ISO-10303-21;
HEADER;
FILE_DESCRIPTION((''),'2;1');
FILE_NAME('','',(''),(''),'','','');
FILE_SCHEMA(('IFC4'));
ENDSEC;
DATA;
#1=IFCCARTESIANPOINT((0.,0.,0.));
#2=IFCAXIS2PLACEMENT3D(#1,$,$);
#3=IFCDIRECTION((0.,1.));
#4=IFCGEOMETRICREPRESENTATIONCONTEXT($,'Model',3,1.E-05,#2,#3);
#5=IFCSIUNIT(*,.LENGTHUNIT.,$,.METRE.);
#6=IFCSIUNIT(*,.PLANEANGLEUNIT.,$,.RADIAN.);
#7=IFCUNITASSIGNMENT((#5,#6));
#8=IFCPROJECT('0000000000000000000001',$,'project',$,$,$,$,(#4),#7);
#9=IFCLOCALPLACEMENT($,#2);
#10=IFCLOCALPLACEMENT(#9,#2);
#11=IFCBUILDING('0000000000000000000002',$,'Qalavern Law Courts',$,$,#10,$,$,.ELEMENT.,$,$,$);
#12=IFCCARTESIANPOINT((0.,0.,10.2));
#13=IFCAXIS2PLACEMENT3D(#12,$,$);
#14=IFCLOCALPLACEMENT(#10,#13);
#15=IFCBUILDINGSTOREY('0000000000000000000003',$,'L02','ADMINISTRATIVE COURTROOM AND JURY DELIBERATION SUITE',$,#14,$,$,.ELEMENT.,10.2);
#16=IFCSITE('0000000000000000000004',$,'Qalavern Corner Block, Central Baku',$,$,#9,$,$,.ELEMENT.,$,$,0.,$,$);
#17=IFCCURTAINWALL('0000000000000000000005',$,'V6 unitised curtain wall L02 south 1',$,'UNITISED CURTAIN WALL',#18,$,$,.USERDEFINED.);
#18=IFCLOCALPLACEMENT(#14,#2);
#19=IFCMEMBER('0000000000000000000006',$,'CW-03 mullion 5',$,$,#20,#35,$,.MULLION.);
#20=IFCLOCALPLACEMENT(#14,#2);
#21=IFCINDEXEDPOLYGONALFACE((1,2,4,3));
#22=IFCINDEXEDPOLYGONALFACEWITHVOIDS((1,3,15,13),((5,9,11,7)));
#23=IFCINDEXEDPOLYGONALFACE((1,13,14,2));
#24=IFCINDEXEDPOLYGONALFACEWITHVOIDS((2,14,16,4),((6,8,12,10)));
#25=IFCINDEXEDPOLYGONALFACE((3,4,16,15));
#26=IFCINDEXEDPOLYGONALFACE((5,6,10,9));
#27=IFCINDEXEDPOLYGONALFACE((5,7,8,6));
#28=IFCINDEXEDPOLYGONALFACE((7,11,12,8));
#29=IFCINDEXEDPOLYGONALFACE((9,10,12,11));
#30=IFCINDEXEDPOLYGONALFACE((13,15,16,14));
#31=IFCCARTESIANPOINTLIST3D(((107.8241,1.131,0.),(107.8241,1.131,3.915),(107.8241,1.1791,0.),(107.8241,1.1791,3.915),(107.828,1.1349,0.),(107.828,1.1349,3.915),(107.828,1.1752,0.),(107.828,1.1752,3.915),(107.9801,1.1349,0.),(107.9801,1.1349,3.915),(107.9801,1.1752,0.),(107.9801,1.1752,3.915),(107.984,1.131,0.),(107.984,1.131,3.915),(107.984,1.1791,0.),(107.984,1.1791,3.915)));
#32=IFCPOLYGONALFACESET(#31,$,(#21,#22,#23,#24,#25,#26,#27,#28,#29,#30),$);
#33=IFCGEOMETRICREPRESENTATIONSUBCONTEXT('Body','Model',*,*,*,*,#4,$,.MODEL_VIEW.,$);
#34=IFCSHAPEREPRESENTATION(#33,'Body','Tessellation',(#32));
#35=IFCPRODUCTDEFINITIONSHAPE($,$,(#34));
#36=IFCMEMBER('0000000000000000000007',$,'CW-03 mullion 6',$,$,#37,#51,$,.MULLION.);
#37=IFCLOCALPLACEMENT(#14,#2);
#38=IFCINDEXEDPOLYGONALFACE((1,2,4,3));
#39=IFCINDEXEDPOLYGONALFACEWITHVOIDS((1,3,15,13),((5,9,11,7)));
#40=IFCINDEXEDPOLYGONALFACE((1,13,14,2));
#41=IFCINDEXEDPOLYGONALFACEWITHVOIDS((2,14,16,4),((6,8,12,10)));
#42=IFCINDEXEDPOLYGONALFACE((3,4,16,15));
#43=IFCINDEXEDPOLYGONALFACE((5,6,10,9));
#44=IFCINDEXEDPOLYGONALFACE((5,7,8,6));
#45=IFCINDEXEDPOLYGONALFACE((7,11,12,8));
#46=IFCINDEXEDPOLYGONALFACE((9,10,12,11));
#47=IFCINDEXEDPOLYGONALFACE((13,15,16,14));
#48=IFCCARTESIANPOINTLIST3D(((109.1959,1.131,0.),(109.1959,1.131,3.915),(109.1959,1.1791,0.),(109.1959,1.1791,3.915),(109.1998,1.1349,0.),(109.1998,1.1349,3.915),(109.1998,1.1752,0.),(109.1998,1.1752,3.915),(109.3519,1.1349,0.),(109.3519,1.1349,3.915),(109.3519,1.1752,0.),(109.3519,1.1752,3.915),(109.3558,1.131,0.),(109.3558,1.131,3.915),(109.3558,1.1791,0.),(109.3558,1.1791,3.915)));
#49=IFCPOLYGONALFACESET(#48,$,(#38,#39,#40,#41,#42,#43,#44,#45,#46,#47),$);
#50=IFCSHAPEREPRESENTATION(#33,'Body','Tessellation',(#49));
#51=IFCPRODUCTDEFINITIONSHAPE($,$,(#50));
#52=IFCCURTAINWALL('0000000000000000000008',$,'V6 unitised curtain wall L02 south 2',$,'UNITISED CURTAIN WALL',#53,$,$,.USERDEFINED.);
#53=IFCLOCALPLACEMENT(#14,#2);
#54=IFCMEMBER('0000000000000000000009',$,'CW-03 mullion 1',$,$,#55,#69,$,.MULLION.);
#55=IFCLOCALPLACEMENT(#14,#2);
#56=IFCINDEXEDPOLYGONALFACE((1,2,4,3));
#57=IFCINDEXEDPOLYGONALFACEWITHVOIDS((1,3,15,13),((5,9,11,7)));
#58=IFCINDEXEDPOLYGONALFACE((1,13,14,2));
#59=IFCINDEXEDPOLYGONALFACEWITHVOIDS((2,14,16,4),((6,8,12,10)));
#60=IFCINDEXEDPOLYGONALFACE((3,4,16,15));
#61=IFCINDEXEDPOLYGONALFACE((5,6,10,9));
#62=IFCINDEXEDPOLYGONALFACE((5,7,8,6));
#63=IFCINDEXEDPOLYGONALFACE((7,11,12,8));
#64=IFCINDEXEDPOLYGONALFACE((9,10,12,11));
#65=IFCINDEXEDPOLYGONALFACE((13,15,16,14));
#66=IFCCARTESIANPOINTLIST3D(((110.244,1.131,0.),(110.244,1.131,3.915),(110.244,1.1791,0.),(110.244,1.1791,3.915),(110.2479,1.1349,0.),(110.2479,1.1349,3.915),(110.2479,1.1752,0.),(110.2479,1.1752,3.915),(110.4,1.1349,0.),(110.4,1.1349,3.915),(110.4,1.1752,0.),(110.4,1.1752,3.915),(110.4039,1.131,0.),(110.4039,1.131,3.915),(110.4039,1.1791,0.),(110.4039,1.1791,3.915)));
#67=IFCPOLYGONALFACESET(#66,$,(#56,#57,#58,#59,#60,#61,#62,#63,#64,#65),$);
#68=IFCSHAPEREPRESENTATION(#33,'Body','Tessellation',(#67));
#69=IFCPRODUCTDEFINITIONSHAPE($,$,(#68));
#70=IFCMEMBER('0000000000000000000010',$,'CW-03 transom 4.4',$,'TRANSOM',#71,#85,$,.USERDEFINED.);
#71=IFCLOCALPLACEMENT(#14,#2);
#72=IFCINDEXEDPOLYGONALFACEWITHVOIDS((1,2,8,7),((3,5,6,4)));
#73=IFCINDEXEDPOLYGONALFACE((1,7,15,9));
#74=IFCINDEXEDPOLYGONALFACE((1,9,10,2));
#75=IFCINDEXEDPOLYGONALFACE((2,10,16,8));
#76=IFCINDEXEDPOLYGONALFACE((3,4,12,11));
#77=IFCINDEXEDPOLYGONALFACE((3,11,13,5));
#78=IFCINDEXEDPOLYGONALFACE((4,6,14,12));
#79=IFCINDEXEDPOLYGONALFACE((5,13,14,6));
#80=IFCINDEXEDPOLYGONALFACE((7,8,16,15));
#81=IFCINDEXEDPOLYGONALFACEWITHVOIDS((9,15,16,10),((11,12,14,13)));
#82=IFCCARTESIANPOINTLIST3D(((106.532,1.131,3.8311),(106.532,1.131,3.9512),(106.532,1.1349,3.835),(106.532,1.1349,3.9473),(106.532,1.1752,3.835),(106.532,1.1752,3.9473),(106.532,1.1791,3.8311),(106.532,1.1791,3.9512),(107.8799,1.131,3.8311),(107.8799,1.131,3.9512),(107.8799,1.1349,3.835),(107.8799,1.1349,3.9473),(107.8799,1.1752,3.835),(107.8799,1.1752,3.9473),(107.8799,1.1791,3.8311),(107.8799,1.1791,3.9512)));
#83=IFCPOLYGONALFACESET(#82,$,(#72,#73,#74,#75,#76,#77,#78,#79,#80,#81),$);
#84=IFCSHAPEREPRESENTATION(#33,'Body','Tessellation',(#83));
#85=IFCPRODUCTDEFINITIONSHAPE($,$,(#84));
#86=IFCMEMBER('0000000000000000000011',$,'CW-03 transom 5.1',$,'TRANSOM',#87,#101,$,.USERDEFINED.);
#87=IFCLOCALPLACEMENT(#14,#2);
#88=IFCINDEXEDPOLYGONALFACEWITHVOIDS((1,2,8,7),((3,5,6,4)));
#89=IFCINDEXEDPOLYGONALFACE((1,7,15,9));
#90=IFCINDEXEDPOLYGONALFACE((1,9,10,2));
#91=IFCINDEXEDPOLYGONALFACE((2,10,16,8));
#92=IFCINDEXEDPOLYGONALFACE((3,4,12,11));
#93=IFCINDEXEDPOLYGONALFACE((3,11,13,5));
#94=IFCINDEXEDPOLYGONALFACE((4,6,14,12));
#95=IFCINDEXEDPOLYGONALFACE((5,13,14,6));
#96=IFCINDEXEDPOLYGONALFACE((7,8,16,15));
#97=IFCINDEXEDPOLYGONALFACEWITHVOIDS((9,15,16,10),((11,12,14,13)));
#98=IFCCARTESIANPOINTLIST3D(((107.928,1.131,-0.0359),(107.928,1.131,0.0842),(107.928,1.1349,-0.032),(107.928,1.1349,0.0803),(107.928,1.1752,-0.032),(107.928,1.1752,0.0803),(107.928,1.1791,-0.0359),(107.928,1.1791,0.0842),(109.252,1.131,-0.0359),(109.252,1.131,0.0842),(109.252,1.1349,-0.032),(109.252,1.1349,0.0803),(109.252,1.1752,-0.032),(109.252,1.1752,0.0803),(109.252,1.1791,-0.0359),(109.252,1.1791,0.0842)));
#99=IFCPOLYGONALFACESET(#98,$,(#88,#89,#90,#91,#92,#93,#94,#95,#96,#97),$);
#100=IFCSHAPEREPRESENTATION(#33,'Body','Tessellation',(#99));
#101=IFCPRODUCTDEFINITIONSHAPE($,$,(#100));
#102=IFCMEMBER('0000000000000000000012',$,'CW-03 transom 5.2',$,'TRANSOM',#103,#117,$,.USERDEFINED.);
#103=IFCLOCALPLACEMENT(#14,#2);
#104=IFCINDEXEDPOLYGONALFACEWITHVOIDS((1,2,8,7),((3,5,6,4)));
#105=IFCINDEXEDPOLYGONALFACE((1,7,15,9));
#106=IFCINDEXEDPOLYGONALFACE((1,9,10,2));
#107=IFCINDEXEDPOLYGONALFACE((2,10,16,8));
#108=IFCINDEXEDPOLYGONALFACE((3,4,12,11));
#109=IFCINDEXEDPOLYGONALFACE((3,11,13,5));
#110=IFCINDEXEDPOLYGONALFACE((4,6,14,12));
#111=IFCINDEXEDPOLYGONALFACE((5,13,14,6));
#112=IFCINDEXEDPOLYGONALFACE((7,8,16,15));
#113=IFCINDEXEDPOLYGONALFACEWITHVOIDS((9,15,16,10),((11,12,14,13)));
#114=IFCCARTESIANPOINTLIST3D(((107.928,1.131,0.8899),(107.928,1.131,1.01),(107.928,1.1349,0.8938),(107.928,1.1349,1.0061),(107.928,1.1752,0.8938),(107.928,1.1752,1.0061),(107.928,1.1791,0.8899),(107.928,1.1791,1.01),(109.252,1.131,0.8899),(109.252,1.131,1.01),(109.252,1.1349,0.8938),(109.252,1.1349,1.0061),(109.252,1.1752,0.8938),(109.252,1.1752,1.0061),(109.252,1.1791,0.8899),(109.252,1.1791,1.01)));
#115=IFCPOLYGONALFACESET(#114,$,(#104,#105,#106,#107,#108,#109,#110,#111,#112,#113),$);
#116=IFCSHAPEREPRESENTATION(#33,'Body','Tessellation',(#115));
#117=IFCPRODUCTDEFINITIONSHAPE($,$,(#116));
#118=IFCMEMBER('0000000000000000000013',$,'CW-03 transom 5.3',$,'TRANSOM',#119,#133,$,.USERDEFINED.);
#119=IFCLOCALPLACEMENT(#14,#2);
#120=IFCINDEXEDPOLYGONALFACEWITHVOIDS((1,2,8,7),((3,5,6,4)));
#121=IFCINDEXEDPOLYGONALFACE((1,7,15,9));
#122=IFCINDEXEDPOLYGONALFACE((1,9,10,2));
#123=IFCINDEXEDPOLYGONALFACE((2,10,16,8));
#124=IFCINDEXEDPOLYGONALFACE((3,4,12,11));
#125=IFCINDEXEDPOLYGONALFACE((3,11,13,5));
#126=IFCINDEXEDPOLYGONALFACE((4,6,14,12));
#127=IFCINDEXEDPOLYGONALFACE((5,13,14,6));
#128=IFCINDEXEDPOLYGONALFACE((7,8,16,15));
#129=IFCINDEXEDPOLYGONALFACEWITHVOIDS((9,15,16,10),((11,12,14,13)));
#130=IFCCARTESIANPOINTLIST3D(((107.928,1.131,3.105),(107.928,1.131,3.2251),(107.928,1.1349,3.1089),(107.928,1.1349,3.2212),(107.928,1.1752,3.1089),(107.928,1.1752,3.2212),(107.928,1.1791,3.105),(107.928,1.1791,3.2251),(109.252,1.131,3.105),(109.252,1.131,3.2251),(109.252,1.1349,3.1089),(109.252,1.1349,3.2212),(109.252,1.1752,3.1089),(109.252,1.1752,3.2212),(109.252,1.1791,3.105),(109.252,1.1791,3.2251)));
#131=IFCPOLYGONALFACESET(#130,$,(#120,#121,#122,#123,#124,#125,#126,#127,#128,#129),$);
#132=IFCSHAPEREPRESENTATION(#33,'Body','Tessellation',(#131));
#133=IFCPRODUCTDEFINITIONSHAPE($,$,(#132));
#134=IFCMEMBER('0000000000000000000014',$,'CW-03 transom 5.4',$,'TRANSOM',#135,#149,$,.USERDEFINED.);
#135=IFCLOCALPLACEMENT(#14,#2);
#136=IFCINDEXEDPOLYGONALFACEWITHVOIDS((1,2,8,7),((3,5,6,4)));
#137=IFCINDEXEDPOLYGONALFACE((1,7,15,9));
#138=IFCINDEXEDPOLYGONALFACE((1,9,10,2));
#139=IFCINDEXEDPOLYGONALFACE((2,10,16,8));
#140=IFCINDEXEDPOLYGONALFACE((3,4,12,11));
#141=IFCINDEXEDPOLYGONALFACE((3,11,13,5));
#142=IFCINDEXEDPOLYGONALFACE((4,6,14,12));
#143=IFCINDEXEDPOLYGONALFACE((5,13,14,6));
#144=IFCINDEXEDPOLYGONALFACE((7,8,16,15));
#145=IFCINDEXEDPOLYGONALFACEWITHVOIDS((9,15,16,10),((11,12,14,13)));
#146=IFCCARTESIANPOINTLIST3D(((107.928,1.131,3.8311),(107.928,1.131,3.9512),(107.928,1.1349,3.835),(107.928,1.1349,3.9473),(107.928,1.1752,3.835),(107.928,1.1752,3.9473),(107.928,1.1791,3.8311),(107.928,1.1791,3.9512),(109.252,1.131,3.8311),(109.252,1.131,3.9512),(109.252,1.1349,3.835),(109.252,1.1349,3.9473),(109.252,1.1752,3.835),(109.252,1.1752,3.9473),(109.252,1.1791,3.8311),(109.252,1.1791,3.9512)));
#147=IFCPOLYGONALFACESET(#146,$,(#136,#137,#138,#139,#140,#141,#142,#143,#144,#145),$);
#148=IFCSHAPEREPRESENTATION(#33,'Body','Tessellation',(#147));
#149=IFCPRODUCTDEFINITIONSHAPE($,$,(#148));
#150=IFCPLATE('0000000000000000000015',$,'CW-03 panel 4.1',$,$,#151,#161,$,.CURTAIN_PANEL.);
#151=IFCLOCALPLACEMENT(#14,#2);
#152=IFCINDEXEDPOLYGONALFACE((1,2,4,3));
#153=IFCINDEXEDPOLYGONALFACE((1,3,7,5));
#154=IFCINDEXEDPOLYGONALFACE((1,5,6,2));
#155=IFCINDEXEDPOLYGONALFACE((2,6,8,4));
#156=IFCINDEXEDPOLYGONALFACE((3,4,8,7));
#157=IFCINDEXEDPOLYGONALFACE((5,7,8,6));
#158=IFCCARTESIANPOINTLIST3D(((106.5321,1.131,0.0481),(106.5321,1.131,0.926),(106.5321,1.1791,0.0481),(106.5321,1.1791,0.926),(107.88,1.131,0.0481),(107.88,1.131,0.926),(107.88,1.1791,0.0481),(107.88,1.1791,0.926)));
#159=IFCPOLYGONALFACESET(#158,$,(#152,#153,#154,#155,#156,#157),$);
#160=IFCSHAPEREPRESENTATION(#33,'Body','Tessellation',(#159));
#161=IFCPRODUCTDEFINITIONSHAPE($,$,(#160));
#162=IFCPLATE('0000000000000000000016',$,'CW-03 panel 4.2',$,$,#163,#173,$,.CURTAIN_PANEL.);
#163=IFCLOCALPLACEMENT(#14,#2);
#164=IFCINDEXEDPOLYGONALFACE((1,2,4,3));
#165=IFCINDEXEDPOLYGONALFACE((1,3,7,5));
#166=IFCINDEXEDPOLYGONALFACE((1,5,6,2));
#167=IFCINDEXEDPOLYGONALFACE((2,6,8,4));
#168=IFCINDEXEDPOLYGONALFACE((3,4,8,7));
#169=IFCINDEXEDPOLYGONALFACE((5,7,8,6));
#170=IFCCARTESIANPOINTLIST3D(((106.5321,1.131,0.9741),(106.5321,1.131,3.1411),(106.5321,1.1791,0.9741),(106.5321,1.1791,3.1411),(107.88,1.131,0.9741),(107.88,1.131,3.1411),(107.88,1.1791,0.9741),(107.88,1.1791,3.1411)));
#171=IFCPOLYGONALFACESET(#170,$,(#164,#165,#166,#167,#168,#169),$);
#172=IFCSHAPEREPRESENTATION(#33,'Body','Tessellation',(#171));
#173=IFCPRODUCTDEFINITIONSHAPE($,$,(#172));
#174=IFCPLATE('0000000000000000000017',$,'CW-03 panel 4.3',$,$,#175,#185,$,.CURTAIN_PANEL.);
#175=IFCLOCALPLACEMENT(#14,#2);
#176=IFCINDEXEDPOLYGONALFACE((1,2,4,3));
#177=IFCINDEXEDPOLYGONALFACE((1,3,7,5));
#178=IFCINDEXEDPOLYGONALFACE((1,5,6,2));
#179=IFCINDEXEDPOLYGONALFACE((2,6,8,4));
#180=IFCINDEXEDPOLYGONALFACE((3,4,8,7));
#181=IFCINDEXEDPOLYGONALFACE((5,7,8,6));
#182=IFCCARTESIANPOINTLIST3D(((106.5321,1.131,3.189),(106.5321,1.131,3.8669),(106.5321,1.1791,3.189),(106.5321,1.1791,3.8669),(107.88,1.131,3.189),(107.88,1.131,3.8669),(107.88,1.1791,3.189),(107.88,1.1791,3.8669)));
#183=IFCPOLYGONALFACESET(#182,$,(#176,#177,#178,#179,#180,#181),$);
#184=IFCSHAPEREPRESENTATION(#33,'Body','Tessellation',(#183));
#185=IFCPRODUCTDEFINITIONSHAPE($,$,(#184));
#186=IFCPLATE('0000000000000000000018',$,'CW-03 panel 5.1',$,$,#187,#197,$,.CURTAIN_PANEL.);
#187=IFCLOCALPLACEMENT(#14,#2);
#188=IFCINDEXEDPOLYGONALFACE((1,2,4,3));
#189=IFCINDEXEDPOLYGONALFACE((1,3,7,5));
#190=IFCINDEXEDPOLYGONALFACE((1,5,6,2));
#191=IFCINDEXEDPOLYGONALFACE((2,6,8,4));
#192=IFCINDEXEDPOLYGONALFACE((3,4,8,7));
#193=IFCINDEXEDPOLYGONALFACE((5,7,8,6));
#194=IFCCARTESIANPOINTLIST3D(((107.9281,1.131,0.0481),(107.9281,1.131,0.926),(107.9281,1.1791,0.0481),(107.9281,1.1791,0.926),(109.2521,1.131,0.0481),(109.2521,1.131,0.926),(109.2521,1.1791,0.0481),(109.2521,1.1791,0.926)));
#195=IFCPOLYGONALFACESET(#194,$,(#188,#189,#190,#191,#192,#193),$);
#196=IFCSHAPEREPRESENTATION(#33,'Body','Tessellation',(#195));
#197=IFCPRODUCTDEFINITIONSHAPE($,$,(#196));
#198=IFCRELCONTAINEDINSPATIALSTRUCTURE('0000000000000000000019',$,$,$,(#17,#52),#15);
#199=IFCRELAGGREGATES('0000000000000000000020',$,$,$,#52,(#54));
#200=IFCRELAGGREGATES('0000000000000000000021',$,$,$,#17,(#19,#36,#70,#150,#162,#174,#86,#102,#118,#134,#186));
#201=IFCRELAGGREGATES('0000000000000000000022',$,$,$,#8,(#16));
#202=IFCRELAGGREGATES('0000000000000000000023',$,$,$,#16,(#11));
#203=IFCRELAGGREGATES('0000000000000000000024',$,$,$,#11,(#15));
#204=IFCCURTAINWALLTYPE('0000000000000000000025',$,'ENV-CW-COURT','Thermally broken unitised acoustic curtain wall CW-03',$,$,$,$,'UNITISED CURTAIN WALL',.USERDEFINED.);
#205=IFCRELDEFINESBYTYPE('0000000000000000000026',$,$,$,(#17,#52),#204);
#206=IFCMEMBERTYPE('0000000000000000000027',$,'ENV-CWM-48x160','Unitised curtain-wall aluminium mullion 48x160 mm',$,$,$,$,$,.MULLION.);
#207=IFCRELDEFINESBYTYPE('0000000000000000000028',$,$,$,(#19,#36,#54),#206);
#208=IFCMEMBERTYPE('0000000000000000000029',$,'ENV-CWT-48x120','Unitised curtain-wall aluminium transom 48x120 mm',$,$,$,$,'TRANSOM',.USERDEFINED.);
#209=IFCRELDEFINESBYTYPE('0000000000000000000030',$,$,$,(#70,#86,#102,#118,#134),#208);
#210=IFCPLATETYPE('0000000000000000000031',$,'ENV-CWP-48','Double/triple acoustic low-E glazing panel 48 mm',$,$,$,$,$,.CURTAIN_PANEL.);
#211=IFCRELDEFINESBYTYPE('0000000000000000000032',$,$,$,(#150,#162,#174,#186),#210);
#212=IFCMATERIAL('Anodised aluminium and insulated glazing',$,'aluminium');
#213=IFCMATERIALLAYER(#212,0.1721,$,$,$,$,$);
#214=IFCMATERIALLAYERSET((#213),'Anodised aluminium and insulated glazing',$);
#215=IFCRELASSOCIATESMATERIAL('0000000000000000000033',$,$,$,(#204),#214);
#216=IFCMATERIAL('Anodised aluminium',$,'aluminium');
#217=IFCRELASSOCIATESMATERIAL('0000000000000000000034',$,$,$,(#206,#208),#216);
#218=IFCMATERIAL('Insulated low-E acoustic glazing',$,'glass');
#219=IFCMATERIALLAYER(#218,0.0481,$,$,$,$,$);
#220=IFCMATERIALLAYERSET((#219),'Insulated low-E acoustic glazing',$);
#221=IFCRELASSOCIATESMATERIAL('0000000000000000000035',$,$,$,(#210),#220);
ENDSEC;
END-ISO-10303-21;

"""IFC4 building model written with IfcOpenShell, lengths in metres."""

from ifc_helpers import new_model, si_unit, direction, frame, origin, origin_2d, place, context, subcontext, project, spatial, rectangle, hollow_rectangle, extrude, material, layer, layer_set, material_profile, profile_set, type_object, element, aggregate, save


model = new_model("IFC4")

# Units and contexts
model_context = context("Model", 3, precision=1e-05, world=origin(), true_north=direction((0.0, 1.0)))
body_context = subcontext(model_context, "Body", "Model", "MODEL_VIEW")
ifc_project = project(units=[si_unit("LENGTHUNIT", "METRE"), si_unit("PLANEANGLEUNIT", "RADIAN")], contexts=[model_context])

# Site, building, storey
site_placement = place(None, origin())
site = spatial("IfcSite", under=ifc_project, at=site_placement, Name="Qalavern Corner Block, Central Baku", CompositionType="ELEMENT", RefElevation=0.0)
building_placement = place(site_placement, origin())
building = spatial("IfcBuilding", under=site, at=building_placement, Name="Qalavern Law Courts", CompositionType="ELEMENT")
storey_placement = place(building_placement, frame((0.0, 0.0, 10.2)))
storey = spatial("IfcBuildingStorey", under=building, at=storey_placement, Name="L02", Description="ADMINISTRATIVE COURTROOM AND JURY DELIBERATION SUITE", CompositionType="ELEMENT", Elevation=10.2)

# Curtain wall, members
ifc_material_1 = material(Name="Anodised aluminium and insulated glazing", Category="aluminium")
ifc_layer_1 = layer(ifc_material_1, 0.1721)
ifc_layer_set_1 = layer_set([ifc_layer_1], Name="Anodised aluminium and insulated glazing")
curtain_wall_type = type_object("IfcCurtainWallType", Name="ENV-CW-COURT", Description="Thermally broken unitised acoustic curtain wall CW-03", ElementType="UNITISED CURTAIN WALL", PredefinedType="USERDEFINED", material=ifc_layer_set_1)
curtain_wall_1_placement = place(storey_placement, origin())
curtain_wall_1 = element("IfcCurtainWall", 1, at=curtain_wall_1_placement, inside=storey, type_object=curtain_wall_type, Name="V6 unitised curtain wall L02 south 1", ObjectType="UNITISED CURTAIN WALL", PredefinedType="USERDEFINED")
ifc_material_2 = material(Name="Anodised aluminium", Category="aluminium")
ifc_material_profile_1 = material_profile(ifc_material_2, hollow_rectangle(XDim=0.0481, YDim=0.1599, WallThickness=0.0039, at=origin_2d()), Name="ALU MULLION 48x160")
ifc_profile_set_1 = profile_set([ifc_material_profile_1], Name="Anodised aluminium")
member_type_1 = type_object("IfcMemberType", Name="ENV-CWM-48x160", Description="Unitised curtain-wall aluminium mullion 48x160 mm", PredefinedType="MULLION", material=ifc_profile_set_1)
member_1_placement = place(storey_placement, frame((107.9041, 1.155, 0.0), z_axis=(0.0, 0.0, 1.0), x_axis=(0.0, 1.0, 0.0)))
member_1 = element("IfcMember", 2, at=member_1_placement, type_object=member_type_1, Name="CW-03 mullion 5", PredefinedType="MULLION", context=body_context, shape_type="SweptSolid", body=[
    extrude(hollow_rectangle(XDim=0.0481, YDim=0.1599, WallThickness=0.0039, at=origin_2d()), origin(), (0.0, 0.0, 1.0), 3.915),
])
member_2_placement = place(storey_placement, frame((109.2759, 1.155, 0.0), z_axis=(0.0, 0.0, 1.0), x_axis=(0.0, 1.0, 0.0)))
member_2 = element("IfcMember", 3, at=member_2_placement, type_object=member_type_1, Name="CW-03 mullion 6", PredefinedType="MULLION", context=body_context, shape_type="SweptSolid", body=[
    extrude(hollow_rectangle(XDim=0.0481, YDim=0.1599, WallThickness=0.0039, at=origin_2d()), origin(), (0.0, 0.0, 1.0), 3.915),
])

# Curtain wall, member
curtain_wall_2_placement = place(storey_placement, origin())
curtain_wall_2 = element("IfcCurtainWall", 4, at=curtain_wall_2_placement, inside=storey, type_object=curtain_wall_type, Name="V6 unitised curtain wall L02 south 2", ObjectType="UNITISED CURTAIN WALL", PredefinedType="USERDEFINED")
member_3_placement = place(storey_placement, frame((110.324, 1.155, 0.0), z_axis=(0.0, 0.0, 1.0), x_axis=(0.0, 1.0, 0.0)))
member_3 = element("IfcMember", 5, at=member_3_placement, type_object=member_type_1, Name="CW-03 mullion 1", PredefinedType="MULLION", context=body_context, shape_type="SweptSolid", body=[
    extrude(hollow_rectangle(XDim=0.0481, YDim=0.1599, WallThickness=0.0039, at=origin_2d()), origin(), (0.0, 0.0, 1.0), 3.915),
])
aggregate(curtain_wall_2, [member_3])

# Members
ifc_material_profile_2 = material_profile(ifc_material_2, hollow_rectangle(XDim=0.0481, YDim=0.1201, WallThickness=0.0039, at=origin_2d()), Name="ALU TRANSOM 48x120")
ifc_profile_set_2 = profile_set([ifc_material_profile_2], Name="Anodised aluminium")
member_type_2 = type_object("IfcMemberType", Name="ENV-CWT-48x120", Description="Unitised curtain-wall aluminium transom 48x120 mm", ElementType="TRANSOM", PredefinedType="USERDEFINED", material=ifc_profile_set_2)
member_4_placement = place(storey_placement, frame((106.532, 1.155, 3.8911), z_axis=(1.0, 0.0, 0.0), x_axis=(0.0, 1.0, 0.0)))
member_4 = element("IfcMember", 6, at=member_4_placement, type_object=member_type_2, Name="CW-03 transom 4.4", ObjectType="TRANSOM", PredefinedType="USERDEFINED", context=body_context, shape_type="SweptSolid", body=[
    extrude(hollow_rectangle(XDim=0.0481, YDim=0.1201, WallThickness=0.0039, at=origin_2d()), origin(), (0.0, 0.0, 1.0), 1.3479),
])
member_5_placement = place(storey_placement, frame((107.928, 1.155, 0.0242), z_axis=(1.0, 0.0, 0.0), x_axis=(0.0, 1.0, 0.0)))
member_5 = element("IfcMember", 7, at=member_5_placement, type_object=member_type_2, Name="CW-03 transom 5.1", ObjectType="TRANSOM", PredefinedType="USERDEFINED", context=body_context, shape_type="SweptSolid", body=[
    extrude(hollow_rectangle(XDim=0.0481, YDim=0.1201, WallThickness=0.0039, at=origin_2d()), origin(), (0.0, 0.0, 1.0), 1.324),
])
member_6_placement = place(storey_placement, frame((107.928, 1.155, 0.95), z_axis=(1.0, 0.0, 0.0), x_axis=(0.0, 1.0, 0.0)))
member_6 = element("IfcMember", 8, at=member_6_placement, type_object=member_type_2, Name="CW-03 transom 5.2", ObjectType="TRANSOM", PredefinedType="USERDEFINED", context=body_context, shape_type="SweptSolid", body=[
    extrude(hollow_rectangle(XDim=0.0481, YDim=0.1201, WallThickness=0.0039, at=origin_2d()), origin(), (0.0, 0.0, 1.0), 1.324),
])
member_7_placement = place(storey_placement, frame((107.928, 1.155, 3.165), z_axis=(1.0, 0.0, 0.0), x_axis=(0.0, 1.0, 0.0)))
member_7 = element("IfcMember", 9, at=member_7_placement, type_object=member_type_2, Name="CW-03 transom 5.3", ObjectType="TRANSOM", PredefinedType="USERDEFINED", context=body_context, shape_type="SweptSolid", body=[
    extrude(hollow_rectangle(XDim=0.0481, YDim=0.1201, WallThickness=0.0039, at=origin_2d()), origin(), (0.0, 0.0, 1.0), 1.324),
])
member_8_placement = place(storey_placement, frame((107.928, 1.155, 3.8911), z_axis=(1.0, 0.0, 0.0), x_axis=(0.0, 1.0, 0.0)))
member_8 = element("IfcMember", 10, at=member_8_placement, type_object=member_type_2, Name="CW-03 transom 5.4", ObjectType="TRANSOM", PredefinedType="USERDEFINED", context=body_context, shape_type="SweptSolid", body=[
    extrude(hollow_rectangle(XDim=0.0481, YDim=0.1201, WallThickness=0.0039, at=origin_2d()), origin(), (0.0, 0.0, 1.0), 1.324),
])

# Plates
ifc_material_3 = material(Name="Insulated low-E acoustic glazing", Category="glass")
ifc_layer_2 = layer(ifc_material_3, 0.0481)
ifc_layer_set_2 = layer_set([ifc_layer_2], Name="Insulated low-E acoustic glazing")
plate_type = type_object("IfcPlateType", Name="ENV-CWP-48", Description="Double/triple acoustic low-E glazing panel 48 mm", PredefinedType="CURTAIN_PANEL", material=ifc_layer_set_2)
plate_1_placement = place(storey_placement, frame((107.2061, 1.155, 0.0481), z_axis=(0.0, 0.0, 1.0), x_axis=(1.0, 0.0, 0.0)))
plate_1 = element("IfcPlate", 11, at=plate_1_placement, type_object=plate_type, Name="CW-03 panel 4.1", PredefinedType="CURTAIN_PANEL", context=body_context, shape_type="SweptSolid", body=[
    extrude(rectangle(XDim=1.3479, YDim=0.0481, at=origin_2d()), origin(), (0.0, 0.0, 1.0), 0.8779),
])
plate_2_placement = place(storey_placement, frame((107.2061, 1.155, 0.9741), z_axis=(0.0, 0.0, 1.0), x_axis=(1.0, 0.0, 0.0)))
plate_2 = element("IfcPlate", 12, at=plate_2_placement, type_object=plate_type, Name="CW-03 panel 4.2", PredefinedType="CURTAIN_PANEL", context=body_context, shape_type="SweptSolid", body=[
    extrude(rectangle(XDim=1.3479, YDim=0.0481, at=origin_2d()), origin(), (0.0, 0.0, 1.0), 2.167),
])
plate_3_placement = place(storey_placement, frame((107.2061, 1.155, 3.189), z_axis=(0.0, 0.0, 1.0), x_axis=(1.0, 0.0, 0.0)))
plate_3 = element("IfcPlate", 13, at=plate_3_placement, type_object=plate_type, Name="CW-03 panel 4.3", PredefinedType="CURTAIN_PANEL", context=body_context, shape_type="SweptSolid", body=[
    extrude(rectangle(XDim=1.3479, YDim=0.0481, at=origin_2d()), origin(), (0.0, 0.0, 1.0), 0.678),
])
plate_4_placement = place(storey_placement, frame((108.5901, 1.155, 0.0481), z_axis=(0.0, 0.0, 1.0), x_axis=(1.0, 0.0, 0.0)))
plate_4 = element("IfcPlate", 14, at=plate_4_placement, type_object=plate_type, Name="CW-03 panel 5.1", PredefinedType="CURTAIN_PANEL", context=body_context, shape_type="SweptSolid", body=[
    extrude(rectangle(XDim=1.324, YDim=0.0481, at=origin_2d()), origin(), (0.0, 0.0, 1.0), 0.8779),
])
aggregate(curtain_wall_1, [member_1, member_2, member_4, plate_1, plate_2, plate_3, member_5, member_6, member_7, member_8, plate_4])

save(model, "model.ifc")
